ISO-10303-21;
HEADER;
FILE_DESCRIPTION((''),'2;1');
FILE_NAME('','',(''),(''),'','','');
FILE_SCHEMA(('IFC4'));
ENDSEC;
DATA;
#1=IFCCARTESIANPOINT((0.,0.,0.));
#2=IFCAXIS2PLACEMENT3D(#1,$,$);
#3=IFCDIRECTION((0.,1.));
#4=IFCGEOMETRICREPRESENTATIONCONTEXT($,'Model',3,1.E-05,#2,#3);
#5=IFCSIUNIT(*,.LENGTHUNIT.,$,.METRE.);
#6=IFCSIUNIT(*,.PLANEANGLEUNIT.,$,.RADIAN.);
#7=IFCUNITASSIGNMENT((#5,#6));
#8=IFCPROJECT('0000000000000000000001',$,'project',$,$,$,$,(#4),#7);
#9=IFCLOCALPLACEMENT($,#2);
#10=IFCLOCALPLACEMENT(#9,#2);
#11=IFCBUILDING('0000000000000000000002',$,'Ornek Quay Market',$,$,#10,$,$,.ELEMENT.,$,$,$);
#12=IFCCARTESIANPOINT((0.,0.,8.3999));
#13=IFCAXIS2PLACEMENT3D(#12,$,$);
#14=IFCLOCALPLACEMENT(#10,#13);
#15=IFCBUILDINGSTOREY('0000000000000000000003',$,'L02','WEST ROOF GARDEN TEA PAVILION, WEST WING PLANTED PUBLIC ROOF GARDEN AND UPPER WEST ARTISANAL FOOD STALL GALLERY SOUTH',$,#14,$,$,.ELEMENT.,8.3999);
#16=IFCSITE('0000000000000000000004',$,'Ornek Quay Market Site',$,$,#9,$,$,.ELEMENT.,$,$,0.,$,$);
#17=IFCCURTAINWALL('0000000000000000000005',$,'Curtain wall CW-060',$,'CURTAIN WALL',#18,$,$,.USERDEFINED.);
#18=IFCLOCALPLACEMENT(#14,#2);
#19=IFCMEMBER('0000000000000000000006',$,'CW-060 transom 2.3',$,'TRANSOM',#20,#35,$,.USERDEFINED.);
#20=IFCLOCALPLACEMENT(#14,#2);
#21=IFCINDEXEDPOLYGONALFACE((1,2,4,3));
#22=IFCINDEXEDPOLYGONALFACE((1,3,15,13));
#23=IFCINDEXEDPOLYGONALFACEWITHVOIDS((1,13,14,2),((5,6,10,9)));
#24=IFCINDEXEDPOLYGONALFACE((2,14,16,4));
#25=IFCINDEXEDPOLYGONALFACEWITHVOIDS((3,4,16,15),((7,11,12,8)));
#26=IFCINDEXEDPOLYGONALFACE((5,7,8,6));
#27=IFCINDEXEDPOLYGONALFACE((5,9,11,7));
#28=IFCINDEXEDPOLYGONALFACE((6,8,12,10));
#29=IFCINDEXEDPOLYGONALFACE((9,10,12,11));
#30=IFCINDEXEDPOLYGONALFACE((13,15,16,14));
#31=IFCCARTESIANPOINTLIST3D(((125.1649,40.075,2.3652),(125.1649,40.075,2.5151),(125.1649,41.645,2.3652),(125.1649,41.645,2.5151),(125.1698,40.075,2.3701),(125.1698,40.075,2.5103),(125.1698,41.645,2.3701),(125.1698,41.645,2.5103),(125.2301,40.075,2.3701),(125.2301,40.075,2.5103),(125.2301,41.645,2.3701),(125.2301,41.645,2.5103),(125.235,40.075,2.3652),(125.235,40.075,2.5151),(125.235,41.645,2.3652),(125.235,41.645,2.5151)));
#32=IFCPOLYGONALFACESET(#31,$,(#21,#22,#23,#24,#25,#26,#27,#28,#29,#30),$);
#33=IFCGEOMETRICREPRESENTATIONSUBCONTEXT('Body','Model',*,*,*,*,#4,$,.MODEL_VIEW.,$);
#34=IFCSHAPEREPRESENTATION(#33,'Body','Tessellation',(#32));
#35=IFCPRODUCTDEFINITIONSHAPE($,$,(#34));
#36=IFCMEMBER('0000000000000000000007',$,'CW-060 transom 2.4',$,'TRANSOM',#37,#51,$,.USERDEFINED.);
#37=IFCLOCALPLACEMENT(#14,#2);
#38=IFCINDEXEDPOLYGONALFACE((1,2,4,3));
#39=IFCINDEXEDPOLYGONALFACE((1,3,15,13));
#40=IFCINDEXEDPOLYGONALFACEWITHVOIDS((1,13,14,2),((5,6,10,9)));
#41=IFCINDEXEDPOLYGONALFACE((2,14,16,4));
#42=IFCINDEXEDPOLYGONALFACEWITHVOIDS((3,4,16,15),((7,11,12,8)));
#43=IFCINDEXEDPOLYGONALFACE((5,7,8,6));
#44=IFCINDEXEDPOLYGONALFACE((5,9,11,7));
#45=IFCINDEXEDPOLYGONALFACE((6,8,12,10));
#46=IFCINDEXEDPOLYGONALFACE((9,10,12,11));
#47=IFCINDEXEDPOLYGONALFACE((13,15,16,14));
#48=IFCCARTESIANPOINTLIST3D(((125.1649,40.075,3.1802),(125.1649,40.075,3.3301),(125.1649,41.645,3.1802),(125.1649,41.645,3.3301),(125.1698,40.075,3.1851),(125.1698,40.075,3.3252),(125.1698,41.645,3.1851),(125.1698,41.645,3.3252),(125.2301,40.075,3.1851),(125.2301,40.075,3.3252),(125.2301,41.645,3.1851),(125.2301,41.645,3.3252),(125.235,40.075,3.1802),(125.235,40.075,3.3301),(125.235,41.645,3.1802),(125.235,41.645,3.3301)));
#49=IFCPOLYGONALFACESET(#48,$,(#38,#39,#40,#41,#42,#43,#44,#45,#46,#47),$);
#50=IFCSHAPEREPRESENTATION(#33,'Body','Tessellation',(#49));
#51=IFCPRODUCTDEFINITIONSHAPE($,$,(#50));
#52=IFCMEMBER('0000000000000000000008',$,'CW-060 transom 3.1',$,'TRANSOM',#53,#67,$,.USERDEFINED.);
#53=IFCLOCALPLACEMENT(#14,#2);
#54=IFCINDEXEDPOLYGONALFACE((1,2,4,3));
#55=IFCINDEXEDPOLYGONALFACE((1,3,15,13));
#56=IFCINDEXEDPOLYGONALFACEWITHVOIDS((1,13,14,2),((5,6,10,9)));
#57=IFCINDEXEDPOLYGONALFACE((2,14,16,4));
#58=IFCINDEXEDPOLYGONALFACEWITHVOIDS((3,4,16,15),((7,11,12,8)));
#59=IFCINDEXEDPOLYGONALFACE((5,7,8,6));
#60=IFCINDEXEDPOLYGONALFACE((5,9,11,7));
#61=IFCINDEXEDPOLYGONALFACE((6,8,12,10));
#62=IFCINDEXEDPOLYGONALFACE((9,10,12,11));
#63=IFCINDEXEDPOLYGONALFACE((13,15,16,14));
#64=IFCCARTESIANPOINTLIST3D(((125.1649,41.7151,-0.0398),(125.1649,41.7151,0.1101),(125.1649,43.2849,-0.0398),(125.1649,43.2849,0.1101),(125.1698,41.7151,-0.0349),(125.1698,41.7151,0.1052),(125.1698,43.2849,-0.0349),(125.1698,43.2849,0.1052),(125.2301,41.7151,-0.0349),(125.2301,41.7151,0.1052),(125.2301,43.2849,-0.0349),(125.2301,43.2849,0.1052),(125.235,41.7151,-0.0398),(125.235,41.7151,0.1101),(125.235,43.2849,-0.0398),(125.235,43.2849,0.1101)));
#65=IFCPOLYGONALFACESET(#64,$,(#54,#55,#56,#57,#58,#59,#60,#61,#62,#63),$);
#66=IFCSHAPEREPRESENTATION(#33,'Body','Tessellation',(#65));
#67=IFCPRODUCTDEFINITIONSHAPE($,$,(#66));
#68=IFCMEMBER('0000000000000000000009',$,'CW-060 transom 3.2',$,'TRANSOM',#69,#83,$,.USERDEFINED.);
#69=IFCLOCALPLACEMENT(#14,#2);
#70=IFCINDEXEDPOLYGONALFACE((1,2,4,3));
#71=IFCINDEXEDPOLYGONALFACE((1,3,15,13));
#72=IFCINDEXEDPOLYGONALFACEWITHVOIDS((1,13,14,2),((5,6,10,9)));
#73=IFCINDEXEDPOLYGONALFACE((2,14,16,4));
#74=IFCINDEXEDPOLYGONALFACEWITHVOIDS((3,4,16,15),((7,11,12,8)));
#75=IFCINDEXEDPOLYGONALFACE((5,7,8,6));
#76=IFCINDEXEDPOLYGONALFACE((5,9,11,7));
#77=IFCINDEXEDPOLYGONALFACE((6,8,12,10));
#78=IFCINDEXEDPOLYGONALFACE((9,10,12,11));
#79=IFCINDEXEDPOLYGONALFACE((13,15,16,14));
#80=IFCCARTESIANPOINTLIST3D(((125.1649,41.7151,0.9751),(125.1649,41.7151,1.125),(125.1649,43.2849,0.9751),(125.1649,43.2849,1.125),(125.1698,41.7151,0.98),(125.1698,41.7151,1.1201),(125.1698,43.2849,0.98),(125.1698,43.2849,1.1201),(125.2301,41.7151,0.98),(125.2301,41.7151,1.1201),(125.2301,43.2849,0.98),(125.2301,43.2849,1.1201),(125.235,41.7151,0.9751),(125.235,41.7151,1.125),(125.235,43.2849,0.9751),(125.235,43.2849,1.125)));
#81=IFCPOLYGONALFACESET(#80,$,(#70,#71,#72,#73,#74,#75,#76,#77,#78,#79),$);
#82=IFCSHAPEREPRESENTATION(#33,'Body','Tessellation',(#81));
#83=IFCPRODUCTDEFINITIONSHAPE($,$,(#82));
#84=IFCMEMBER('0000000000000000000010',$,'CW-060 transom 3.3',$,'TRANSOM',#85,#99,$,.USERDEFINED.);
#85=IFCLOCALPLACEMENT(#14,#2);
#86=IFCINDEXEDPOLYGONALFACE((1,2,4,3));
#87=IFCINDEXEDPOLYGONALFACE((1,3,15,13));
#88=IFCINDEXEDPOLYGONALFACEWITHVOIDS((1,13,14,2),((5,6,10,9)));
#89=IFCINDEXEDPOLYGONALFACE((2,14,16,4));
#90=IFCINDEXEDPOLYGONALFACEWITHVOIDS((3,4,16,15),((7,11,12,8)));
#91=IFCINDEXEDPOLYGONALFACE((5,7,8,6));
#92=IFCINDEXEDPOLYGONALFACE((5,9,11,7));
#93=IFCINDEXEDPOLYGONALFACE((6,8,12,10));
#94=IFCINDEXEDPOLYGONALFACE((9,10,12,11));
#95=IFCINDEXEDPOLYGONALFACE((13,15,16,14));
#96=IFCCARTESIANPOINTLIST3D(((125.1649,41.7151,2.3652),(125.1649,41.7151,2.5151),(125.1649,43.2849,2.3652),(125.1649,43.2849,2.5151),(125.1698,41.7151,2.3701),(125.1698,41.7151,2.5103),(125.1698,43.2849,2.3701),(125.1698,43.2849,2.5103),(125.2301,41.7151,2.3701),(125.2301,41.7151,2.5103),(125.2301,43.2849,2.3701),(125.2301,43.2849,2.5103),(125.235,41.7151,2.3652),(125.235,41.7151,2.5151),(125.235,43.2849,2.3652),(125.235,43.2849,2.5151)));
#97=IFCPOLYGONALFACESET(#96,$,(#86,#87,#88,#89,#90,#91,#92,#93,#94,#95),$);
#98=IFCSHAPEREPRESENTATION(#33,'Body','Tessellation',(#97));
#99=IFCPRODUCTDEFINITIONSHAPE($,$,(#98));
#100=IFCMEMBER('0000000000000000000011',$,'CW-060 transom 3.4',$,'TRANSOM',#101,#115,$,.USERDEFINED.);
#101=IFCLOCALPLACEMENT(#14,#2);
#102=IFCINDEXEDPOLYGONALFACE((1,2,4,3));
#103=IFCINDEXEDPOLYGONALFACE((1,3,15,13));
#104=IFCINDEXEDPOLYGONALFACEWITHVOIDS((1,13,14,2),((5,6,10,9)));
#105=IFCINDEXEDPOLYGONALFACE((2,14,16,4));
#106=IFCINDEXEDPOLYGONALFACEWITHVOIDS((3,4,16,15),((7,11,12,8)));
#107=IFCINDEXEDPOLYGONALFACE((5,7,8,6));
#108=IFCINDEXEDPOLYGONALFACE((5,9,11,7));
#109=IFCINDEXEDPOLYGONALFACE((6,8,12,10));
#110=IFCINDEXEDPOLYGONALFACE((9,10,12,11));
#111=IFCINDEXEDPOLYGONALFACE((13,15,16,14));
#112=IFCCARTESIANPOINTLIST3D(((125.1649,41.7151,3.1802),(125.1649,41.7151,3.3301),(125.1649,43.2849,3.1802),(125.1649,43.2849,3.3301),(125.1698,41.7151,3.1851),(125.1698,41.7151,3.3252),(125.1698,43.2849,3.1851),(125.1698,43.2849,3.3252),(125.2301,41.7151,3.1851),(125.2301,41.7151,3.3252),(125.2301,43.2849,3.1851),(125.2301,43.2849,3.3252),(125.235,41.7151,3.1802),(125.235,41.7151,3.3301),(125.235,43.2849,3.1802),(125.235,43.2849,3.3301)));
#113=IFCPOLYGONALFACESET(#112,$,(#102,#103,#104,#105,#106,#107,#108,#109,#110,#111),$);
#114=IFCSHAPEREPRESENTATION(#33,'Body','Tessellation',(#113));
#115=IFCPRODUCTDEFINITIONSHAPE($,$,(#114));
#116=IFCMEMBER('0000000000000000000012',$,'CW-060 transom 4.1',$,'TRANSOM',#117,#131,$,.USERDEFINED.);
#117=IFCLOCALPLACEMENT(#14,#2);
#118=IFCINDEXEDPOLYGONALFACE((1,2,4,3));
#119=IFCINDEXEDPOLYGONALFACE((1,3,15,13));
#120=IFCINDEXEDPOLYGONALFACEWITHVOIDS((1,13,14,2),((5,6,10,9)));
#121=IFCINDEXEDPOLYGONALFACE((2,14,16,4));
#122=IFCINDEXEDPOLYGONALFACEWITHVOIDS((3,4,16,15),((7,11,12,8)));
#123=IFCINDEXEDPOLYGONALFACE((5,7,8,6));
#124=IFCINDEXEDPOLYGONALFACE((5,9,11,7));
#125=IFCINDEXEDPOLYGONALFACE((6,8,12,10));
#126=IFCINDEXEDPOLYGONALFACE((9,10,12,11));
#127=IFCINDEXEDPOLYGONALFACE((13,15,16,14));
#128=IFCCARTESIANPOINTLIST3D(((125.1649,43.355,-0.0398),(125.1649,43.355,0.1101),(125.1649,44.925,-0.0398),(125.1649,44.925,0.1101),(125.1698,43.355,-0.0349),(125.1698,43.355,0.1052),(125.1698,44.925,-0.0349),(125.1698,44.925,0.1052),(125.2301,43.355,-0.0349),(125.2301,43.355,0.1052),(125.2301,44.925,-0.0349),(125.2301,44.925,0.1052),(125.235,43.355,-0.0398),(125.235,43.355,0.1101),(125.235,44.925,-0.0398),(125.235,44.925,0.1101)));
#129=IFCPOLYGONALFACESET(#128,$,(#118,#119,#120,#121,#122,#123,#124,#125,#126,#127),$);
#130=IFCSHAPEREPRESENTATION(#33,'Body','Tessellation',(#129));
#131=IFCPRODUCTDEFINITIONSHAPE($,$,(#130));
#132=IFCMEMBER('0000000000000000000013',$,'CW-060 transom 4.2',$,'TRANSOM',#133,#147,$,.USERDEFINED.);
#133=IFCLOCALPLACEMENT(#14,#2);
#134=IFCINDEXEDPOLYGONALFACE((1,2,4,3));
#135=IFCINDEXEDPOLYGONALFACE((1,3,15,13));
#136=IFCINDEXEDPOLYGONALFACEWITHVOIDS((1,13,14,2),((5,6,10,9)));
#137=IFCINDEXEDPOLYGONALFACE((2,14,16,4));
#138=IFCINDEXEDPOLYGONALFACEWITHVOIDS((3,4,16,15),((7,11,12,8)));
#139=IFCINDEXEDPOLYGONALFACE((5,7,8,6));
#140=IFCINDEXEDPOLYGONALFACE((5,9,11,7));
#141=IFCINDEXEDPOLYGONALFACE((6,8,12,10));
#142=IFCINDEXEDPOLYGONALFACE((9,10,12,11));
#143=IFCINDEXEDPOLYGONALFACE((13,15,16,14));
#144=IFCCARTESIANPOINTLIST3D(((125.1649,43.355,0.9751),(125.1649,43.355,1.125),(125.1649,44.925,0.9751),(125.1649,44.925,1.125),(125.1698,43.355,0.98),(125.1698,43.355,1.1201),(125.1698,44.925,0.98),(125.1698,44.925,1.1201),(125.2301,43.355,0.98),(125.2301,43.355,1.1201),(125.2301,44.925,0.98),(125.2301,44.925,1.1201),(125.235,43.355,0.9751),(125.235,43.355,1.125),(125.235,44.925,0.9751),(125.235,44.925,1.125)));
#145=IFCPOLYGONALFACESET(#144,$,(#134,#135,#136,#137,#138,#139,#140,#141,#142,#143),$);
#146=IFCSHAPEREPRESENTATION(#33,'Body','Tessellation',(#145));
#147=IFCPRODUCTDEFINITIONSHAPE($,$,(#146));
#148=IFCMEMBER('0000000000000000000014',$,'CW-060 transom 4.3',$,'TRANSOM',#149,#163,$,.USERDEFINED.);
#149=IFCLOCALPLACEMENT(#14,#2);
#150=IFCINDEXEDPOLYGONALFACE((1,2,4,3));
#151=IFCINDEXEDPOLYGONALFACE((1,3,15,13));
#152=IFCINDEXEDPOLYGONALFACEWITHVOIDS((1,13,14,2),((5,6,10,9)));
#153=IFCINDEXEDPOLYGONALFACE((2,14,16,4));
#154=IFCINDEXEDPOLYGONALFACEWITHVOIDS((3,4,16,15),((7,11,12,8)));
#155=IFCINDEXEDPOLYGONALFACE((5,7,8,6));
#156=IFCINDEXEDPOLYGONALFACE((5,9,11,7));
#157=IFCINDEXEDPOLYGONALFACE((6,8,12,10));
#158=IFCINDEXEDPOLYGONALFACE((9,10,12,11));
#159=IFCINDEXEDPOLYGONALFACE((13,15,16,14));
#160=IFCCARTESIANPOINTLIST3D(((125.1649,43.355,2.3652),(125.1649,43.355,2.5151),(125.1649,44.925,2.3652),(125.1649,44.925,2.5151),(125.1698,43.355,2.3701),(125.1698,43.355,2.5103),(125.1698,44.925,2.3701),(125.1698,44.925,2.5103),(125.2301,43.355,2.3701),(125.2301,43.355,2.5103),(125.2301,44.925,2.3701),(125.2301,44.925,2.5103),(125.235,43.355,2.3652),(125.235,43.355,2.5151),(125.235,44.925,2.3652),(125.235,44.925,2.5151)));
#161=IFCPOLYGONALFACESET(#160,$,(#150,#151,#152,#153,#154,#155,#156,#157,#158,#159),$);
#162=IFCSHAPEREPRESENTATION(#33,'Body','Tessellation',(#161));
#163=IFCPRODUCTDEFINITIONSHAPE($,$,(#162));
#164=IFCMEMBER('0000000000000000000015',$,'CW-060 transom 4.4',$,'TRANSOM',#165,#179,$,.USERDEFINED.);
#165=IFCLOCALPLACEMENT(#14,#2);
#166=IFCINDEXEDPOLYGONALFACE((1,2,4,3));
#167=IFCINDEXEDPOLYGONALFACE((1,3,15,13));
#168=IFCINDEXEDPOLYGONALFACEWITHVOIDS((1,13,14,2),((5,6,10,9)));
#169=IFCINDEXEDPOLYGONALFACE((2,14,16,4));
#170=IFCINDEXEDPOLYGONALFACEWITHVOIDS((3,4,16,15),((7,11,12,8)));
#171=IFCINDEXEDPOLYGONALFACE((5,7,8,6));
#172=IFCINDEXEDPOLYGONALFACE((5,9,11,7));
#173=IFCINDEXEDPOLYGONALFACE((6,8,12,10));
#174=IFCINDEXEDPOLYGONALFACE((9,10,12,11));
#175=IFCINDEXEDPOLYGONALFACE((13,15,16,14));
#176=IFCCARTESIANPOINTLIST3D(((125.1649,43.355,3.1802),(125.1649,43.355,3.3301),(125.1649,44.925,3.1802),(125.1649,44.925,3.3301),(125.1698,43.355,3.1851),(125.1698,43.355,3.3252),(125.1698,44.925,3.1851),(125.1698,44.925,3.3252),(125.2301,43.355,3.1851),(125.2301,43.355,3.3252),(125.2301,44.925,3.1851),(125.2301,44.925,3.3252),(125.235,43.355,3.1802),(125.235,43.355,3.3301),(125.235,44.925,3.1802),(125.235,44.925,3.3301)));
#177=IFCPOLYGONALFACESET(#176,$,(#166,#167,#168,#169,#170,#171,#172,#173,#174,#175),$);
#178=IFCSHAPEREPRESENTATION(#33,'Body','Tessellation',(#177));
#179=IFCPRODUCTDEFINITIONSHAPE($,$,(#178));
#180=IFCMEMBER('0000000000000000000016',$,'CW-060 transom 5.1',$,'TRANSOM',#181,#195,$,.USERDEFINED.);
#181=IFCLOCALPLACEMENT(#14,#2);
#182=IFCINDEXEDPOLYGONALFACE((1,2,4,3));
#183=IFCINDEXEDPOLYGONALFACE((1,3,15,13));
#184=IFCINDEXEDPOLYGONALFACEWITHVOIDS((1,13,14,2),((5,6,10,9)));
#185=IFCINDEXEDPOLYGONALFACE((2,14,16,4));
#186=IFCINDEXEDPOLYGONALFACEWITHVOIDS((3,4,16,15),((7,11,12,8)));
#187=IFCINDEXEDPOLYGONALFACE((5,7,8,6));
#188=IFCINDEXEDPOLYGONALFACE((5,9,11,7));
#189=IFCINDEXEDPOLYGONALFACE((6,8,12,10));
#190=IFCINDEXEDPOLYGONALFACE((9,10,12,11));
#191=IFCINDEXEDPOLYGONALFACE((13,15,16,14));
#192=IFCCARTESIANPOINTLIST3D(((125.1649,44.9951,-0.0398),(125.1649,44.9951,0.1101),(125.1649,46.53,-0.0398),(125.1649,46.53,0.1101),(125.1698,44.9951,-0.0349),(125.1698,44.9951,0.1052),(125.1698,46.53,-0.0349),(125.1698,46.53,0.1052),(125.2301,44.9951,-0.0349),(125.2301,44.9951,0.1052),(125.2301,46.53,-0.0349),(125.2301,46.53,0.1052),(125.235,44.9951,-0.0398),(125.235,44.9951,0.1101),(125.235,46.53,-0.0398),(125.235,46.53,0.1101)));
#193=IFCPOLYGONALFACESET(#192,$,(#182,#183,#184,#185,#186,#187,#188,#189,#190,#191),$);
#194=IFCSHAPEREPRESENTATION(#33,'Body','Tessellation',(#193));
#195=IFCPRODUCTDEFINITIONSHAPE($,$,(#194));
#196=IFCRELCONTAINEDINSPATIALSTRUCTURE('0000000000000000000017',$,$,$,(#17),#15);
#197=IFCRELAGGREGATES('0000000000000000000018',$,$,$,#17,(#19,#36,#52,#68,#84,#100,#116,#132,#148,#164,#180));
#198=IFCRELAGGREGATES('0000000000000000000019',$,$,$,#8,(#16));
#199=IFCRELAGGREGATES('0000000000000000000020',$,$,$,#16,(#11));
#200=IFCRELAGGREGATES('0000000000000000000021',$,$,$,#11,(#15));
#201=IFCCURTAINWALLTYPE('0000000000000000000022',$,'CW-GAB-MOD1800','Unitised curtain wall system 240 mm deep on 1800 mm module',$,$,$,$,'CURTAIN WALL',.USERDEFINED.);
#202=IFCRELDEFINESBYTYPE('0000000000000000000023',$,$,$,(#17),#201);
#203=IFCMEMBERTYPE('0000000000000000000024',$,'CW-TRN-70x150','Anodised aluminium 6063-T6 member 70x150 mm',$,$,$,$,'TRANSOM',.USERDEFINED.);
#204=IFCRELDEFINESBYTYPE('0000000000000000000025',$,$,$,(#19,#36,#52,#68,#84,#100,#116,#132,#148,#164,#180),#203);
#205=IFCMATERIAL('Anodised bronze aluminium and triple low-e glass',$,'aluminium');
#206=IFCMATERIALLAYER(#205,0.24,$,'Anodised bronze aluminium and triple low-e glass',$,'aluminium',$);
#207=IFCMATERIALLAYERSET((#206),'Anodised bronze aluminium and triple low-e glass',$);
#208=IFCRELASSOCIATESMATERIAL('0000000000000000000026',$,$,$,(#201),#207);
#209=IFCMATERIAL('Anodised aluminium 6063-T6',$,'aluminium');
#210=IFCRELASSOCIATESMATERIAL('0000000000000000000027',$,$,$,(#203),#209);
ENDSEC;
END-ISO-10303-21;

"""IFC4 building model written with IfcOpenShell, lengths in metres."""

from ifc_helpers import new_model, si_unit, direction, frame, origin, origin_2d, place, context, subcontext, project, spatial, hollow_rectangle, extrude, material, layer, layer_set, material_profile, profile_set, type_object, element, aggregate, save


model = new_model("IFC4")

# Units and contexts
model_context = context("Model", 3, precision=1e-05, world=origin(), true_north=direction((0.0, 1.0)))
body_context = subcontext(model_context, "Body", "Model", "MODEL_VIEW")
ifc_project = project(units=[si_unit("LENGTHUNIT", "METRE"), si_unit("PLANEANGLEUNIT", "RADIAN")], contexts=[model_context])

# Site, building, storey
site_placement = place(None, origin())
site = spatial("IfcSite", under=ifc_project, at=site_placement, Name="Ornek Quay Market Site", CompositionType="ELEMENT", RefElevation=0.0)
building_placement = place(site_placement, origin())
building = spatial("IfcBuilding", under=site, at=building_placement, Name="Ornek Quay Market", CompositionType="ELEMENT")
storey_placement = place(building_placement, frame((0.0, 0.0, 8.3999)))
storey = spatial("IfcBuildingStorey", under=building, at=storey_placement, Name="L02", Description="WEST ROOF GARDEN TEA PAVILION, WEST WING PLANTED PUBLIC ROOF GARDEN AND UPPER WEST ARTISANAL FOOD STALL GALLERY SOUTH", CompositionType="ELEMENT", Elevation=8.3999)

# Curtain wall, members
ifc_material_1 = material(Name="Anodised bronze aluminium and triple low-e glass", Category="aluminium")
ifc_layer_1 = layer(ifc_material_1, 0.24, Name="Anodised bronze aluminium and triple low-e glass", Category="aluminium")
ifc_layer_set_1 = layer_set([ifc_layer_1], Name="Anodised bronze aluminium and triple low-e glass")
curtain_wall_type = type_object("IfcCurtainWallType", Name="CW-GAB-MOD1800", Description="Unitised curtain wall system 240 mm deep on 1800 mm module", ElementType="CURTAIN WALL", PredefinedType="USERDEFINED", material=ifc_layer_set_1)
curtain_wall_placement = place(storey_placement, origin())
curtain_wall = element("IfcCurtainWall", 1, at=curtain_wall_placement, inside=storey, type_object=curtain_wall_type, Name="Curtain wall CW-060", ObjectType="CURTAIN WALL", PredefinedType="USERDEFINED")
ifc_material_2 = material(Name="Anodised aluminium 6063-T6", Category="aluminium")
ifc_material_profile_1 = material_profile(ifc_material_2, hollow_rectangle(XDim=0.0701, YDim=0.1499, WallThickness=0.0049, at=origin_2d()), Name="CW-TRN-70x150", Category="aluminium")
ifc_profile_set_1 = profile_set([ifc_material_profile_1], Name="Anodised aluminium 6063-T6")
member_type_1 = type_object("IfcMemberType", Name="CW-TRN-70x150", Description="Anodised aluminium 6063-T6 member 70x150 mm", ElementType="TRANSOM", PredefinedType="USERDEFINED", material=ifc_profile_set_1)
member_1_placement = place(storey_placement, frame((125.2, 40.075, 2.4402), z_axis=(0.0, 1.0, 0.0), x_axis=(-1.0, 0.0, 0.0)))
member_1 = element("IfcMember", 2, at=member_1_placement, type_object=member_type_1, Name="CW-060 transom 2.3", ObjectType="TRANSOM", PredefinedType="USERDEFINED", context=body_context, shape_type="SweptSolid", body=[
    extrude(hollow_rectangle(XDim=0.0701, YDim=0.1499, WallThickness=0.0049, at=origin_2d()), origin(), (0.0, 0.0, 1.0), 1.5701),
])
member_2_placement = place(storey_placement, frame((125.2, 40.075, 3.2551), z_axis=(0.0, 1.0, 0.0), x_axis=(-1.0, 0.0, 0.0)))
member_2 = element("IfcMember", 3, at=member_2_placement, type_object=member_type_1, Name="CW-060 transom 2.4", ObjectType="TRANSOM", PredefinedType="USERDEFINED", context=body_context, shape_type="SweptSolid", body=[
    extrude(hollow_rectangle(XDim=0.0701, YDim=0.1499, WallThickness=0.0049, at=origin_2d()), origin(), (0.0, 0.0, 1.0), 1.5701),
])
member_3_placement = place(storey_placement, frame((125.2, 41.7151, 0.0352), z_axis=(0.0, 1.0, 0.0), x_axis=(-1.0, 0.0, 0.0)))
member_3 = element("IfcMember", 4, at=member_3_placement, type_object=member_type_1, Name="CW-060 transom 3.1", ObjectType="TRANSOM", PredefinedType="USERDEFINED", context=body_context, shape_type="SweptSolid", body=[
    extrude(hollow_rectangle(XDim=0.0701, YDim=0.1499, WallThickness=0.0049, at=origin_2d()), origin(), (0.0, 0.0, 1.0), 1.5698),
])
member_4_placement = place(storey_placement, frame((125.2, 41.7151, 1.05), z_axis=(0.0, 1.0, 0.0), x_axis=(-1.0, 0.0, 0.0)))
member_4 = element("IfcMember", 5, at=member_4_placement, type_object=member_type_1, Name="CW-060 transom 3.2", ObjectType="TRANSOM", PredefinedType="USERDEFINED", context=body_context, shape_type="SweptSolid", body=[
    extrude(hollow_rectangle(XDim=0.0701, YDim=0.1499, WallThickness=0.0049, at=origin_2d()), origin(), (0.0, 0.0, 1.0), 1.5698),
])
member_5_placement = place(storey_placement, frame((125.2, 41.7151, 2.4402), z_axis=(0.0, 1.0, 0.0), x_axis=(-1.0, 0.0, 0.0)))
member_5 = element("IfcMember", 6, at=member_5_placement, type_object=member_type_1, Name="CW-060 transom 3.3", ObjectType="TRANSOM", PredefinedType="USERDEFINED", context=body_context, shape_type="SweptSolid", body=[
    extrude(hollow_rectangle(XDim=0.0701, YDim=0.1499, WallThickness=0.0049, at=origin_2d()), origin(), (0.0, 0.0, 1.0), 1.5698),
])
member_6_placement = place(storey_placement, frame((125.2, 41.7151, 3.2551), z_axis=(0.0, 1.0, 0.0), x_axis=(-1.0, 0.0, 0.0)))
member_6 = element("IfcMember", 7, at=member_6_placement, type_object=member_type_1, Name="CW-060 transom 3.4", ObjectType="TRANSOM", PredefinedType="USERDEFINED", context=body_context, shape_type="SweptSolid", body=[
    extrude(hollow_rectangle(XDim=0.0701, YDim=0.1499, WallThickness=0.0049, at=origin_2d()), origin(), (0.0, 0.0, 1.0), 1.5698),
])
member_7_placement = place(storey_placement, frame((125.2, 43.355, 0.0352), z_axis=(0.0, 1.0, 0.0), x_axis=(-1.0, 0.0, 0.0)))
member_7 = element("IfcMember", 8, at=member_7_placement, type_object=member_type_1, Name="CW-060 transom 4.1", ObjectType="TRANSOM", PredefinedType="USERDEFINED", context=body_context, shape_type="SweptSolid", body=[
    extrude(hollow_rectangle(XDim=0.0701, YDim=0.1499, WallThickness=0.0049, at=origin_2d()), origin(), (0.0, 0.0, 1.0), 1.5701),
])
member_8_placement = place(storey_placement, frame((125.2, 43.355, 1.05), z_axis=(0.0, 1.0, 0.0), x_axis=(-1.0, 0.0, 0.0)))
member_8 = element("IfcMember", 9, at=member_8_placement, type_object=member_type_1, Name="CW-060 transom 4.2", ObjectType="TRANSOM", PredefinedType="USERDEFINED", context=body_context, shape_type="SweptSolid", body=[
    extrude(hollow_rectangle(XDim=0.0701, YDim=0.1499, WallThickness=0.0049, at=origin_2d()), origin(), (0.0, 0.0, 1.0), 1.5701),
])
member_9_placement = place(storey_placement, frame((125.2, 43.355, 2.4402), z_axis=(0.0, 1.0, 0.0), x_axis=(-1.0, 0.0, 0.0)))
member_9 = element("IfcMember", 10, at=member_9_placement, type_object=member_type_1, Name="CW-060 transom 4.3", ObjectType="TRANSOM", PredefinedType="USERDEFINED", context=body_context, shape_type="SweptSolid", body=[
    extrude(hollow_rectangle(XDim=0.0701, YDim=0.1499, WallThickness=0.0049, at=origin_2d()), origin(), (0.0, 0.0, 1.0), 1.5701),
])
member_10_placement = place(storey_placement, frame((125.2, 43.355, 3.2551), z_axis=(0.0, 1.0, 0.0), x_axis=(-1.0, 0.0, 0.0)))
member_10 = element("IfcMember", 11, at=member_10_placement, type_object=member_type_1, Name="CW-060 transom 4.4", ObjectType="TRANSOM", PredefinedType="USERDEFINED", context=body_context, shape_type="SweptSolid", body=[
    extrude(hollow_rectangle(XDim=0.0701, YDim=0.1499, WallThickness=0.0049, at=origin_2d()), origin(), (0.0, 0.0, 1.0), 1.5701),
])
member_11_placement = place(storey_placement, frame((125.2, 44.9951, 0.0352), z_axis=(0.0, 1.0, 0.0), x_axis=(-1.0, 0.0, 0.0)))
member_11 = element("IfcMember", 12, at=member_11_placement, type_object=member_type_1, Name="CW-060 transom 5.1", ObjectType="TRANSOM", PredefinedType="USERDEFINED", context=body_context, shape_type="SweptSolid", body=[
    extrude(hollow_rectangle(XDim=0.0701, YDim=0.1499, WallThickness=0.0049, at=origin_2d()), origin(), (0.0, 0.0, 1.0), 1.5349),
])
aggregate(curtain_wall, [member_1, member_2, member_3, member_4, member_5, member_6, member_7, member_8, member_9, member_10, member_11])

save(model, "model.ifc")
